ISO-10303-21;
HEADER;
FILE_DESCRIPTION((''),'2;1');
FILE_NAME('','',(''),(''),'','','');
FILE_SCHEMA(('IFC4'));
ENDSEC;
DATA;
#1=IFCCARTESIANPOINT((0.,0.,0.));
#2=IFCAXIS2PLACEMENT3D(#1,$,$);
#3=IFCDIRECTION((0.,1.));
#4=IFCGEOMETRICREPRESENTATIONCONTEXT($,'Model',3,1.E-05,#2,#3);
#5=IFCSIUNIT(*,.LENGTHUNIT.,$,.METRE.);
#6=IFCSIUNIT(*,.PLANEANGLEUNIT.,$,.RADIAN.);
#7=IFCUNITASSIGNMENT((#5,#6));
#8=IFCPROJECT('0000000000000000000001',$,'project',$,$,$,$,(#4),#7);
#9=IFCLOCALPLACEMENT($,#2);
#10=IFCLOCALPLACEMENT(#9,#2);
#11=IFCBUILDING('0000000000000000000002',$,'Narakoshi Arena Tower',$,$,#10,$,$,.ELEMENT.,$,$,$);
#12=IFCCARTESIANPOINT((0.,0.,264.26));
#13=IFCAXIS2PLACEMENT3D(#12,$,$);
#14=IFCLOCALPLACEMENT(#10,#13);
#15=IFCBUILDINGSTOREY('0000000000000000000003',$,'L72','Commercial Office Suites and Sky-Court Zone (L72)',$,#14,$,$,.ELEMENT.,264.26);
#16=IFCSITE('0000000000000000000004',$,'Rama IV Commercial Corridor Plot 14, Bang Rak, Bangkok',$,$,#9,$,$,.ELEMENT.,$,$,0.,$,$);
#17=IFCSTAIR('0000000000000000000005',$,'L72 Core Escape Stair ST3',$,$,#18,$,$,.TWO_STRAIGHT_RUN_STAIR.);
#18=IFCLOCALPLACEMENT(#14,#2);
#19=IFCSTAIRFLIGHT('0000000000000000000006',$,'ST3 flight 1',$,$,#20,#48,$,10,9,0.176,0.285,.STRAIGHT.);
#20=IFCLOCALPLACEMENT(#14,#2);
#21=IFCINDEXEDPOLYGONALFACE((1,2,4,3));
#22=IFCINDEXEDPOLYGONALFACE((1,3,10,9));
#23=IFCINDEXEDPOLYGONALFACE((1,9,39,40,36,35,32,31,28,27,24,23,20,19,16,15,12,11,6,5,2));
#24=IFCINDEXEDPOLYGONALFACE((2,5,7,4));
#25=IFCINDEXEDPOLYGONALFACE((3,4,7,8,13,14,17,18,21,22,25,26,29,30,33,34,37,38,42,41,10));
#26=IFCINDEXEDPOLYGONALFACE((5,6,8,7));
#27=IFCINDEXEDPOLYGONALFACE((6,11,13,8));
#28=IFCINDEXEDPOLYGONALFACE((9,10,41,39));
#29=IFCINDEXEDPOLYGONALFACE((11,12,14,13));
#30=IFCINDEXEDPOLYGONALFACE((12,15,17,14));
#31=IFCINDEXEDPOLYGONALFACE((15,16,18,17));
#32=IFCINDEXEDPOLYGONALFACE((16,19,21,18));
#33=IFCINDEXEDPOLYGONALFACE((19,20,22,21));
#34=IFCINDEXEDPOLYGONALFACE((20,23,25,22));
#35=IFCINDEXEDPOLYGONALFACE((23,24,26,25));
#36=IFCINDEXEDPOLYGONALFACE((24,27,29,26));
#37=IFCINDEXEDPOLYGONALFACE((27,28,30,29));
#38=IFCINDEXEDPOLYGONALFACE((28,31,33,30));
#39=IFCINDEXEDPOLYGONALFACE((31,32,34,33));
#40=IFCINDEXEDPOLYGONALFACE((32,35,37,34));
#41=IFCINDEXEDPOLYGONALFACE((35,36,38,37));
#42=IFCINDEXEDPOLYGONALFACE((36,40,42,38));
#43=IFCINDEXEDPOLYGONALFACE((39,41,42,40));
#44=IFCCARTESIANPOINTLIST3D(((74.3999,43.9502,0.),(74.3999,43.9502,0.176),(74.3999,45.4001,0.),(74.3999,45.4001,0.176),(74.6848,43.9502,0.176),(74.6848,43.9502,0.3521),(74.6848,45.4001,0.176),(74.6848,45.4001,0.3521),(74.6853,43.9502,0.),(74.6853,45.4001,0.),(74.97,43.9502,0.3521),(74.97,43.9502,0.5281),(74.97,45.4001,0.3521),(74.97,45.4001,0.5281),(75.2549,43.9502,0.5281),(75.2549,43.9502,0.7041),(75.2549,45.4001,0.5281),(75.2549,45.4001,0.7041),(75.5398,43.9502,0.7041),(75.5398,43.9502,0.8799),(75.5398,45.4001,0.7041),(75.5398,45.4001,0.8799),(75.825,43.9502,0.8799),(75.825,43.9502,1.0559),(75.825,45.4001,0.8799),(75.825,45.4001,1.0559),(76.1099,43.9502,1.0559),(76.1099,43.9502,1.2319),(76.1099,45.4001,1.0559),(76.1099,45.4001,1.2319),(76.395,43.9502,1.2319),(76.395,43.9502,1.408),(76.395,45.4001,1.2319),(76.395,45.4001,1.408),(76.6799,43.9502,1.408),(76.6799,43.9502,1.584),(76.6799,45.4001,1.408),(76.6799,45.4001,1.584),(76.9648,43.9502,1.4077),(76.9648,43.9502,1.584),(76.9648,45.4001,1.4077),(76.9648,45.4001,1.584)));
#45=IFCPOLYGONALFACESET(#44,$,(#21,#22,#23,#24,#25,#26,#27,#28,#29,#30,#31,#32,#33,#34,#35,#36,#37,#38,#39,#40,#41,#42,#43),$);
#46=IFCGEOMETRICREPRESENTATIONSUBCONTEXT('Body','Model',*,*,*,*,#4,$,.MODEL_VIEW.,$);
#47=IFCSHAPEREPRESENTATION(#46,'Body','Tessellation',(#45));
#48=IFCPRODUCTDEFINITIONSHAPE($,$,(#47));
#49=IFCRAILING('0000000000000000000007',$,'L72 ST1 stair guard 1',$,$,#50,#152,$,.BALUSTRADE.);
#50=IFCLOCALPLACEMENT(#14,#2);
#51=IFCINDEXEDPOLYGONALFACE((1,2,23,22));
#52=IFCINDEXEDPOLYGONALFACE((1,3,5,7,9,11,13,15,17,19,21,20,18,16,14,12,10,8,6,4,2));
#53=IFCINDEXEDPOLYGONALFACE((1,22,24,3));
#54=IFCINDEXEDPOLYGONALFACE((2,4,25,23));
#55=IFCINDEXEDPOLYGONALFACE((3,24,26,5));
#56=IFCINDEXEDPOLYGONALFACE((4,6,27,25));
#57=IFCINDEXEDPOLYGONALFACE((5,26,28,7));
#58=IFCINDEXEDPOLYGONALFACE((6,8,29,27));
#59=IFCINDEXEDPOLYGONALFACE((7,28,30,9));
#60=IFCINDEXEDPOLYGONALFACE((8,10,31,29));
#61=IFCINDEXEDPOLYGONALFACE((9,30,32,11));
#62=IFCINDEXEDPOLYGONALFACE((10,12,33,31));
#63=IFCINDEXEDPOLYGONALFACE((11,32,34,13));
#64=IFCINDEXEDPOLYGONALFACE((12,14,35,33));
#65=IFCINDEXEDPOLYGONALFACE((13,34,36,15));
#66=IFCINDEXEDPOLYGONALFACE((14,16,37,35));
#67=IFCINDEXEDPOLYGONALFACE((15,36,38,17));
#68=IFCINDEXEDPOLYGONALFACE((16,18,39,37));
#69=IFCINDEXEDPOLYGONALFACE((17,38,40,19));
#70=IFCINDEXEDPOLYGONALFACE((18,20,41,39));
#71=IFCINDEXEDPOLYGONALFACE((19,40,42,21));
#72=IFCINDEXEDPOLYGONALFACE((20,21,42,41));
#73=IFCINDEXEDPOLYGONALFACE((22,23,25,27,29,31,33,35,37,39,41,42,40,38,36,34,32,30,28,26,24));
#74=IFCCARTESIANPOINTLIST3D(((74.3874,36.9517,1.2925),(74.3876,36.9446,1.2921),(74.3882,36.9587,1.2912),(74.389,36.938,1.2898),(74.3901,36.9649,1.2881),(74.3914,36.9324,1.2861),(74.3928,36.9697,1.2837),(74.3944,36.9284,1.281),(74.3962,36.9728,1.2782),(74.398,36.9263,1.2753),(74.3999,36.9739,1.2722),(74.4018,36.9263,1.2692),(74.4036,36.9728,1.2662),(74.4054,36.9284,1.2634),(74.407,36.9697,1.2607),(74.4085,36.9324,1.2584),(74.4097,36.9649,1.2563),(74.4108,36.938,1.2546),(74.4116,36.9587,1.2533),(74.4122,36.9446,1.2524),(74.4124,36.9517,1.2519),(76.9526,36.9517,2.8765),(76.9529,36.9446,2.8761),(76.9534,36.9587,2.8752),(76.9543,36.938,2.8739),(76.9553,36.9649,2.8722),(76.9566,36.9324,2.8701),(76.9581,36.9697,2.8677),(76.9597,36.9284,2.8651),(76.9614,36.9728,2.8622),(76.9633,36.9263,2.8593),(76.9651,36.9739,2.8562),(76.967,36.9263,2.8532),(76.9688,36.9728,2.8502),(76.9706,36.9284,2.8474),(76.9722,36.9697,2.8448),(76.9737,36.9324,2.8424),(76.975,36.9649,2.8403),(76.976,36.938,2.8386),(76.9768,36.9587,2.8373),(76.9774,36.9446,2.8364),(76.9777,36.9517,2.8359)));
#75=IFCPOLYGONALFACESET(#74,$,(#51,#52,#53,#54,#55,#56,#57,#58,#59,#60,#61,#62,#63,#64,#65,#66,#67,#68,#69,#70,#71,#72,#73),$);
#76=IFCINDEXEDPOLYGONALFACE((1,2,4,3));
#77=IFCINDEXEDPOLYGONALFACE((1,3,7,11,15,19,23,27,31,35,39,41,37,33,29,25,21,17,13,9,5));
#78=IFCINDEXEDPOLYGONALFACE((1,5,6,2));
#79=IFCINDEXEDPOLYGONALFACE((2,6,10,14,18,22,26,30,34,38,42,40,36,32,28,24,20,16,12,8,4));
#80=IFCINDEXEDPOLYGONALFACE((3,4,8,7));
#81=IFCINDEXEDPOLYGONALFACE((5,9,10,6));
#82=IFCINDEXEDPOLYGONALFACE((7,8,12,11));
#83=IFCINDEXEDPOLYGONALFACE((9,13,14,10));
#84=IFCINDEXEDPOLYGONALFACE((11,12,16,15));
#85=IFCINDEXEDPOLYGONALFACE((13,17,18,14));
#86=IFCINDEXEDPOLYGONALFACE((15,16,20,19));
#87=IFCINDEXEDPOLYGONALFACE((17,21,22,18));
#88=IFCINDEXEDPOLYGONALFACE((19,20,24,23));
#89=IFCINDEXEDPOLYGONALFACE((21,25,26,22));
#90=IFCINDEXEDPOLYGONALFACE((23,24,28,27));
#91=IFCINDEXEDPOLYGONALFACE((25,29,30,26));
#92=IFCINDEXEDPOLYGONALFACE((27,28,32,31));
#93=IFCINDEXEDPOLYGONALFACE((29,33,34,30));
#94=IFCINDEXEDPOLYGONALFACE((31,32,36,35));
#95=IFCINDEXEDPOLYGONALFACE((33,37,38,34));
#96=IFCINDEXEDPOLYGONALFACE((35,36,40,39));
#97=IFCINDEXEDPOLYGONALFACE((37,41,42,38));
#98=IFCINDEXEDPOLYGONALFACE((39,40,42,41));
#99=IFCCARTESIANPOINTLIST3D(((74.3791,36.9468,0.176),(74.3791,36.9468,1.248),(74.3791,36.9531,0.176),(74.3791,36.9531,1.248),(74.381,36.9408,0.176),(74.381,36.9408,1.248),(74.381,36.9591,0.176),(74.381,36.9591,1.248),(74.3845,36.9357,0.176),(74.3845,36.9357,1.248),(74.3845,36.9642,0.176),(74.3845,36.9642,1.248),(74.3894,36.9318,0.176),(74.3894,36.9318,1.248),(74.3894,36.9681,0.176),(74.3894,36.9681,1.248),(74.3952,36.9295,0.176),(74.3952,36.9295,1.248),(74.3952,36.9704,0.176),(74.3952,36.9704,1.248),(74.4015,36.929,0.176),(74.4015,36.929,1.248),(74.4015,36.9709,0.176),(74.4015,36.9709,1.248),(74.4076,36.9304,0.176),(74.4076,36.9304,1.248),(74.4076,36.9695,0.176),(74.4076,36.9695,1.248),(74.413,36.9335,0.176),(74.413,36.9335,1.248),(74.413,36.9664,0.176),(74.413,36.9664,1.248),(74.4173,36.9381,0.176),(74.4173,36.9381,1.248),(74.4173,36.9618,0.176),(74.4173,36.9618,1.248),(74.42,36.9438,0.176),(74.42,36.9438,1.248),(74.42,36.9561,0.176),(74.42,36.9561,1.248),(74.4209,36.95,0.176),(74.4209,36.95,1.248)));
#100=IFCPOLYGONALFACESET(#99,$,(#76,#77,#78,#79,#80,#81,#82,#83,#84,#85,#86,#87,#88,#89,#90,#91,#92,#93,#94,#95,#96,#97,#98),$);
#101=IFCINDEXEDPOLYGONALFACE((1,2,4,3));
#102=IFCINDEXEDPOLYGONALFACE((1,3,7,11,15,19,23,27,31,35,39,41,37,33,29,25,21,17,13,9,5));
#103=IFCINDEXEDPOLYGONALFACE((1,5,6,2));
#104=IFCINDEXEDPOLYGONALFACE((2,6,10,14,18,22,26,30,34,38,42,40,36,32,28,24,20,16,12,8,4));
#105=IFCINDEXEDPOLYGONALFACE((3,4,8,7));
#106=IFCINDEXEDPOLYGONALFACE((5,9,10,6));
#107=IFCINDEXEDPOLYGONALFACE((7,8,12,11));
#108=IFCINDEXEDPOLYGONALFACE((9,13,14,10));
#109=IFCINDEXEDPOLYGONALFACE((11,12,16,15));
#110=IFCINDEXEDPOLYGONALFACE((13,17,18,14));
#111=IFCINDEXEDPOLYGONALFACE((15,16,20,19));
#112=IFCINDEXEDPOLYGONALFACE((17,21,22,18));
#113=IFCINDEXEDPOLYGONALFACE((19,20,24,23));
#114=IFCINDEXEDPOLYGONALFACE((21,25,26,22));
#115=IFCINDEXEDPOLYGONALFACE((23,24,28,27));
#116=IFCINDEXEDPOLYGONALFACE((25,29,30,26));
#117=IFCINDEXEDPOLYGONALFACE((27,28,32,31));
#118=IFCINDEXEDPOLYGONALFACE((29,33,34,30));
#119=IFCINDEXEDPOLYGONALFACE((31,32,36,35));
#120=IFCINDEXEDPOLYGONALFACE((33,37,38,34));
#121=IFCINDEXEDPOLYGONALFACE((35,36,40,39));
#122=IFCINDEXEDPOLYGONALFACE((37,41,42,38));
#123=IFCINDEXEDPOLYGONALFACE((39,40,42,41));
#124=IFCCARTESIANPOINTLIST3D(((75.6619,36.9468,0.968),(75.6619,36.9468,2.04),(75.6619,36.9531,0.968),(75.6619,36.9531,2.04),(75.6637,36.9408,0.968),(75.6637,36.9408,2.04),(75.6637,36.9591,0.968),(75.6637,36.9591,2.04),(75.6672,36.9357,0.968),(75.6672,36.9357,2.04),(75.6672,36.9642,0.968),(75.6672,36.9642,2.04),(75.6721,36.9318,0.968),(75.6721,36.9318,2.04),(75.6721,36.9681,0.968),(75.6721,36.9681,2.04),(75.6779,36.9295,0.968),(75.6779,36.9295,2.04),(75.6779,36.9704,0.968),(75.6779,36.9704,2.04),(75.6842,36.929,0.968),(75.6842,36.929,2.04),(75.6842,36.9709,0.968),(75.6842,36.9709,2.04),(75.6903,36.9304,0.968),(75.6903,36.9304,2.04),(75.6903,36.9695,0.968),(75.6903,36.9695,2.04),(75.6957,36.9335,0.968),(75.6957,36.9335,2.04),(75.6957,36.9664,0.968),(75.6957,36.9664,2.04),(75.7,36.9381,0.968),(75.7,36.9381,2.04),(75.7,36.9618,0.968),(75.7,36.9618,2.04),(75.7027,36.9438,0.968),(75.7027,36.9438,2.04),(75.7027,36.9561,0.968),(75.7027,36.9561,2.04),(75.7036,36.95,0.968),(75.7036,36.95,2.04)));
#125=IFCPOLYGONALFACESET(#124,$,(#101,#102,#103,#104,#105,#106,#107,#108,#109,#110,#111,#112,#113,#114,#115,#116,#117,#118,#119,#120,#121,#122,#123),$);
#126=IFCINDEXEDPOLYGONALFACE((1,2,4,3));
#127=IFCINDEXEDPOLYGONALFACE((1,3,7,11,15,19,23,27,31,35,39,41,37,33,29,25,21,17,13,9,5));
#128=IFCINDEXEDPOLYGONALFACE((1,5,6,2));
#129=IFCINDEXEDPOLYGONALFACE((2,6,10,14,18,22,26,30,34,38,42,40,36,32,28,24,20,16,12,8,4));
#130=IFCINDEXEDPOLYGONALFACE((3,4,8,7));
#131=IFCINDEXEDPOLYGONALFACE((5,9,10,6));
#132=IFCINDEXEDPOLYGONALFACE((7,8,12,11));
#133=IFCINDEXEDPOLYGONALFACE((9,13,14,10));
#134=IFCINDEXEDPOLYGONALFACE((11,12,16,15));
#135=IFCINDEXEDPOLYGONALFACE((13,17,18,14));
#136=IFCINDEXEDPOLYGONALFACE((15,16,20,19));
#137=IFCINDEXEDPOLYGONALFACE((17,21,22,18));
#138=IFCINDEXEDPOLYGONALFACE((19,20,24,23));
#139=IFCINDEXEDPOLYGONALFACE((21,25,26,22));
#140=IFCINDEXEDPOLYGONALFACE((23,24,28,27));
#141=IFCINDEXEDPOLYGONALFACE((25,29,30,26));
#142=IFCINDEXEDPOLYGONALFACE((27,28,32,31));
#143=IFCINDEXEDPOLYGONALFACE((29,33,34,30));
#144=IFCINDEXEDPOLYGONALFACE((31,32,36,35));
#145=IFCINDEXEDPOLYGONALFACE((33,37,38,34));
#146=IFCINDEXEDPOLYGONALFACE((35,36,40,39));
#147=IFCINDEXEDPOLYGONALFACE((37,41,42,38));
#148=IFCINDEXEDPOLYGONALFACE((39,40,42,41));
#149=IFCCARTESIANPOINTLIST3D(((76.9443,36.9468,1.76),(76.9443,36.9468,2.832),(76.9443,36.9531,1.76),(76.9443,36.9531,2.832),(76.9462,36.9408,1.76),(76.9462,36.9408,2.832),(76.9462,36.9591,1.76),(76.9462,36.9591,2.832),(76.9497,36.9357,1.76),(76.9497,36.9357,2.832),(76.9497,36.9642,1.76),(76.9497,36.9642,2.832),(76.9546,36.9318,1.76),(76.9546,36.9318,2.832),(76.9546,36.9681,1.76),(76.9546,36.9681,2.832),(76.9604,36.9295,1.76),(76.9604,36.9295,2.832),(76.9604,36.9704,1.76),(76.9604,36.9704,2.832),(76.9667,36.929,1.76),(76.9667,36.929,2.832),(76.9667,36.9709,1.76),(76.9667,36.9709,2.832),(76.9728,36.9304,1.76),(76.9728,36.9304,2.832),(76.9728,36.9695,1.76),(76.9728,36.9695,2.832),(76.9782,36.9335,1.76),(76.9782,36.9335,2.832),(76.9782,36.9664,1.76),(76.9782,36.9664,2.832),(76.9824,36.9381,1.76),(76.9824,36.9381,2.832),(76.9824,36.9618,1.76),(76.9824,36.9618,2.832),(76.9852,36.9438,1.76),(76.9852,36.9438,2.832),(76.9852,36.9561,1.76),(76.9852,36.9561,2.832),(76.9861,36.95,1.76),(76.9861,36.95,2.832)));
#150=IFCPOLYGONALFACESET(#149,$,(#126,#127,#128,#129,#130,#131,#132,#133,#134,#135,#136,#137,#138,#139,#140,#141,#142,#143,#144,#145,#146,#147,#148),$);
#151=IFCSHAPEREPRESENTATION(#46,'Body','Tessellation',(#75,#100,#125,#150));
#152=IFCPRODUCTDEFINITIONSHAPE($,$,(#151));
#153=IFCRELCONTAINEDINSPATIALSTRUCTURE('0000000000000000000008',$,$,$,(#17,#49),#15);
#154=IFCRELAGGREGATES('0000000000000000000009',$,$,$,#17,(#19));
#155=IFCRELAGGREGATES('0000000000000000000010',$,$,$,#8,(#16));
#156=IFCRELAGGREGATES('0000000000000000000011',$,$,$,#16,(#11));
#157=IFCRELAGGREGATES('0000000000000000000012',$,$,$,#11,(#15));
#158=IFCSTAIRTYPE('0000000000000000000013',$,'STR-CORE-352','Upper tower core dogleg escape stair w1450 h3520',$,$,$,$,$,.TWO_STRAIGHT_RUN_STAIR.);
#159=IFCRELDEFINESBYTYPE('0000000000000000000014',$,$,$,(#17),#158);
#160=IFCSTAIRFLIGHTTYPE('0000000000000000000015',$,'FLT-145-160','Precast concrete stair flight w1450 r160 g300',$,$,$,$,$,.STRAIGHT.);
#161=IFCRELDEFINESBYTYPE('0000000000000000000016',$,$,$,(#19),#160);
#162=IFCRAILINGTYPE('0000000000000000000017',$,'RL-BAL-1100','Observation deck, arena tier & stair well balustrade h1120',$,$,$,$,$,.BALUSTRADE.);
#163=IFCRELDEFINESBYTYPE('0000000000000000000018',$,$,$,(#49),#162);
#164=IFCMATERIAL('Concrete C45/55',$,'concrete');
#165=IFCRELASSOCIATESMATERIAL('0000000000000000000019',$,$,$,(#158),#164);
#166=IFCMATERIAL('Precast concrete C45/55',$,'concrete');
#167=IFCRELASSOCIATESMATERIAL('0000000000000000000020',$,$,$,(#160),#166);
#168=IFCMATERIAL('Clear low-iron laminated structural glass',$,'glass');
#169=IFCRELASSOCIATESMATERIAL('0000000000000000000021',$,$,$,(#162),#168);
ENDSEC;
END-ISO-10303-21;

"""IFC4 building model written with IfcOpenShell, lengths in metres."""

from ifc_helpers import new_model, si_unit, direction, frame, origin, origin_2d, place, context, subcontext, project, spatial, polyline, circle, outline, extrude, material, type_object, element, aggregate, save


model = new_model("IFC4")

# Units and contexts
model_context = context("Model", 3, precision=1e-05, world=origin(), true_north=direction((0.0, 1.0)))
body_context = subcontext(model_context, "Body", "Model", "MODEL_VIEW")
ifc_project = project(units=[si_unit("LENGTHUNIT", "METRE"), si_unit("PLANEANGLEUNIT", "RADIAN")], contexts=[model_context])

# Site, building, storey
site_placement = place(None, origin())
site = spatial("IfcSite", under=ifc_project, at=site_placement, Name="Rama IV Commercial Corridor Plot 14, Bang Rak, Bangkok", CompositionType="ELEMENT", RefElevation=0.0)
building_placement = place(site_placement, origin())
building = spatial("IfcBuilding", under=site, at=building_placement, Name="Narakoshi Arena Tower", CompositionType="ELEMENT")
storey_placement = place(building_placement, frame((0.0, 0.0, 264.26)))
storey = spatial("IfcBuildingStorey", under=building, at=storey_placement, Name="L72", Description="Commercial Office Suites and Sky-Court Zone (L72)", CompositionType="ELEMENT", Elevation=264.26)

# Shared definitions
ifc_material_1 = material(Name="Precast concrete C45/55", Category="concrete")

# Shared definitions
ifc_material_2 = material(Name="Concrete C45/55", Category="concrete")
stair_type = type_object("IfcStairType", Name="STR-CORE-352", Description="Upper tower core dogleg escape stair w1450 h3520", PredefinedType="TWO_STRAIGHT_RUN_STAIR", material=ifc_material_2)
stair_flight_type = type_object("IfcStairFlightType", Name="FLT-145-160", Description="Precast concrete stair flight w1450 r160 g300", PredefinedType="STRAIGHT", material=ifc_material_1)

# Stair, stair flight
stair_1_placement = place(storey_placement, origin())
stair_1 = element("IfcStair", 1, at=stair_1_placement, inside=storey, type_object=stair_type, Name="L72 Core Escape Stair ST3", PredefinedType="TWO_STRAIGHT_RUN_STAIR")
stair_flight_1_placement = place(storey_placement, frame((74.3999, 44.675, 0.0), z_axis=(0.0, 0.0, 1.0), x_axis=(1.0, 0.0, 0.0)))
stair_flight_1 = element("IfcStairFlight", 2, at=stair_flight_1_placement, type_object=stair_flight_type, Name="ST3 flight 1", NumberOfRisers=10, NumberOfTreads=9, PredefinedType="STRAIGHT", RiserHeight=0.176, TreadLength=0.285, context=body_context, shape_type="SweptSolid", body=[
    extrude(outline(polyline([(0.0, 0.0), (0.0, 0.176), (0.2849, 0.176), (0.2849, 0.3521), (0.5701, 0.3521), (0.5701, 0.5281), (0.855, 0.5281), (0.855, 0.7041), (1.1399, 0.7041), (1.1399, 0.8799), (1.425, 0.8799), (1.425, 1.0559), (1.71, 1.0559), (1.71, 1.2319), (1.9951, 1.2319), (1.9951, 1.408), (2.28, 1.408), (2.28, 1.584), (2.5649, 1.584), (2.5649, 1.76), (2.5649, 1.4077), (0.2854, 0.0), (0.0, 0.0)])), frame((0.0, 0.7251, 0.0), z_axis=(0.0, -1.0, 0.0), x_axis=(1.0, 0.0, 0.0)), (0.0, 0.0, 1.0), 1.45),
])
aggregate(stair_1, [stair_flight_1])

# Railing
ifc_material_3 = material(Name="Clear low-iron laminated structural glass", Category="glass")
railing_type_1 = type_object("IfcRailingType", Name="RL-BAL-1100", Description="Observation deck, arena tier & stair well balustrade h1120", PredefinedType="BALUSTRADE", material=ifc_material_3)
railing_1_placement = place(storey_placement, frame((74.3999, 36.95, 0.176)))
element("IfcRailing", 3, at=railing_1_placement, inside=storey, type_object=railing_type_1, Name="L72 ST1 stair guard 1", PredefinedType="BALUSTRADE", context=body_context, shape_type="SweptSolid", body=[
    extrude(circle(Radius=0.0239, at=origin_2d()), frame((0.0, 0.0, 1.0962), z_axis=(0.850857, 0.0, 0.525398), x_axis=(0.0, 1.0, 0.0)), (0.0, 0.0, 1.0), 3.0149),
    extrude(circle(Radius=0.021, at=origin_2d()), origin(), (0.0, 0.0, 1.0), 1.072),
    extrude(circle(Radius=0.021, at=origin_2d()), frame((1.2827, 0.0, 0.792)), (0.0, 0.0, 1.0), 1.072),
    extrude(circle(Radius=0.021, at=origin_2d()), frame((2.5652, 0.0, 1.584)), (0.0, 0.0, 1.0), 1.072),
])

save(model, "model.ifc")
